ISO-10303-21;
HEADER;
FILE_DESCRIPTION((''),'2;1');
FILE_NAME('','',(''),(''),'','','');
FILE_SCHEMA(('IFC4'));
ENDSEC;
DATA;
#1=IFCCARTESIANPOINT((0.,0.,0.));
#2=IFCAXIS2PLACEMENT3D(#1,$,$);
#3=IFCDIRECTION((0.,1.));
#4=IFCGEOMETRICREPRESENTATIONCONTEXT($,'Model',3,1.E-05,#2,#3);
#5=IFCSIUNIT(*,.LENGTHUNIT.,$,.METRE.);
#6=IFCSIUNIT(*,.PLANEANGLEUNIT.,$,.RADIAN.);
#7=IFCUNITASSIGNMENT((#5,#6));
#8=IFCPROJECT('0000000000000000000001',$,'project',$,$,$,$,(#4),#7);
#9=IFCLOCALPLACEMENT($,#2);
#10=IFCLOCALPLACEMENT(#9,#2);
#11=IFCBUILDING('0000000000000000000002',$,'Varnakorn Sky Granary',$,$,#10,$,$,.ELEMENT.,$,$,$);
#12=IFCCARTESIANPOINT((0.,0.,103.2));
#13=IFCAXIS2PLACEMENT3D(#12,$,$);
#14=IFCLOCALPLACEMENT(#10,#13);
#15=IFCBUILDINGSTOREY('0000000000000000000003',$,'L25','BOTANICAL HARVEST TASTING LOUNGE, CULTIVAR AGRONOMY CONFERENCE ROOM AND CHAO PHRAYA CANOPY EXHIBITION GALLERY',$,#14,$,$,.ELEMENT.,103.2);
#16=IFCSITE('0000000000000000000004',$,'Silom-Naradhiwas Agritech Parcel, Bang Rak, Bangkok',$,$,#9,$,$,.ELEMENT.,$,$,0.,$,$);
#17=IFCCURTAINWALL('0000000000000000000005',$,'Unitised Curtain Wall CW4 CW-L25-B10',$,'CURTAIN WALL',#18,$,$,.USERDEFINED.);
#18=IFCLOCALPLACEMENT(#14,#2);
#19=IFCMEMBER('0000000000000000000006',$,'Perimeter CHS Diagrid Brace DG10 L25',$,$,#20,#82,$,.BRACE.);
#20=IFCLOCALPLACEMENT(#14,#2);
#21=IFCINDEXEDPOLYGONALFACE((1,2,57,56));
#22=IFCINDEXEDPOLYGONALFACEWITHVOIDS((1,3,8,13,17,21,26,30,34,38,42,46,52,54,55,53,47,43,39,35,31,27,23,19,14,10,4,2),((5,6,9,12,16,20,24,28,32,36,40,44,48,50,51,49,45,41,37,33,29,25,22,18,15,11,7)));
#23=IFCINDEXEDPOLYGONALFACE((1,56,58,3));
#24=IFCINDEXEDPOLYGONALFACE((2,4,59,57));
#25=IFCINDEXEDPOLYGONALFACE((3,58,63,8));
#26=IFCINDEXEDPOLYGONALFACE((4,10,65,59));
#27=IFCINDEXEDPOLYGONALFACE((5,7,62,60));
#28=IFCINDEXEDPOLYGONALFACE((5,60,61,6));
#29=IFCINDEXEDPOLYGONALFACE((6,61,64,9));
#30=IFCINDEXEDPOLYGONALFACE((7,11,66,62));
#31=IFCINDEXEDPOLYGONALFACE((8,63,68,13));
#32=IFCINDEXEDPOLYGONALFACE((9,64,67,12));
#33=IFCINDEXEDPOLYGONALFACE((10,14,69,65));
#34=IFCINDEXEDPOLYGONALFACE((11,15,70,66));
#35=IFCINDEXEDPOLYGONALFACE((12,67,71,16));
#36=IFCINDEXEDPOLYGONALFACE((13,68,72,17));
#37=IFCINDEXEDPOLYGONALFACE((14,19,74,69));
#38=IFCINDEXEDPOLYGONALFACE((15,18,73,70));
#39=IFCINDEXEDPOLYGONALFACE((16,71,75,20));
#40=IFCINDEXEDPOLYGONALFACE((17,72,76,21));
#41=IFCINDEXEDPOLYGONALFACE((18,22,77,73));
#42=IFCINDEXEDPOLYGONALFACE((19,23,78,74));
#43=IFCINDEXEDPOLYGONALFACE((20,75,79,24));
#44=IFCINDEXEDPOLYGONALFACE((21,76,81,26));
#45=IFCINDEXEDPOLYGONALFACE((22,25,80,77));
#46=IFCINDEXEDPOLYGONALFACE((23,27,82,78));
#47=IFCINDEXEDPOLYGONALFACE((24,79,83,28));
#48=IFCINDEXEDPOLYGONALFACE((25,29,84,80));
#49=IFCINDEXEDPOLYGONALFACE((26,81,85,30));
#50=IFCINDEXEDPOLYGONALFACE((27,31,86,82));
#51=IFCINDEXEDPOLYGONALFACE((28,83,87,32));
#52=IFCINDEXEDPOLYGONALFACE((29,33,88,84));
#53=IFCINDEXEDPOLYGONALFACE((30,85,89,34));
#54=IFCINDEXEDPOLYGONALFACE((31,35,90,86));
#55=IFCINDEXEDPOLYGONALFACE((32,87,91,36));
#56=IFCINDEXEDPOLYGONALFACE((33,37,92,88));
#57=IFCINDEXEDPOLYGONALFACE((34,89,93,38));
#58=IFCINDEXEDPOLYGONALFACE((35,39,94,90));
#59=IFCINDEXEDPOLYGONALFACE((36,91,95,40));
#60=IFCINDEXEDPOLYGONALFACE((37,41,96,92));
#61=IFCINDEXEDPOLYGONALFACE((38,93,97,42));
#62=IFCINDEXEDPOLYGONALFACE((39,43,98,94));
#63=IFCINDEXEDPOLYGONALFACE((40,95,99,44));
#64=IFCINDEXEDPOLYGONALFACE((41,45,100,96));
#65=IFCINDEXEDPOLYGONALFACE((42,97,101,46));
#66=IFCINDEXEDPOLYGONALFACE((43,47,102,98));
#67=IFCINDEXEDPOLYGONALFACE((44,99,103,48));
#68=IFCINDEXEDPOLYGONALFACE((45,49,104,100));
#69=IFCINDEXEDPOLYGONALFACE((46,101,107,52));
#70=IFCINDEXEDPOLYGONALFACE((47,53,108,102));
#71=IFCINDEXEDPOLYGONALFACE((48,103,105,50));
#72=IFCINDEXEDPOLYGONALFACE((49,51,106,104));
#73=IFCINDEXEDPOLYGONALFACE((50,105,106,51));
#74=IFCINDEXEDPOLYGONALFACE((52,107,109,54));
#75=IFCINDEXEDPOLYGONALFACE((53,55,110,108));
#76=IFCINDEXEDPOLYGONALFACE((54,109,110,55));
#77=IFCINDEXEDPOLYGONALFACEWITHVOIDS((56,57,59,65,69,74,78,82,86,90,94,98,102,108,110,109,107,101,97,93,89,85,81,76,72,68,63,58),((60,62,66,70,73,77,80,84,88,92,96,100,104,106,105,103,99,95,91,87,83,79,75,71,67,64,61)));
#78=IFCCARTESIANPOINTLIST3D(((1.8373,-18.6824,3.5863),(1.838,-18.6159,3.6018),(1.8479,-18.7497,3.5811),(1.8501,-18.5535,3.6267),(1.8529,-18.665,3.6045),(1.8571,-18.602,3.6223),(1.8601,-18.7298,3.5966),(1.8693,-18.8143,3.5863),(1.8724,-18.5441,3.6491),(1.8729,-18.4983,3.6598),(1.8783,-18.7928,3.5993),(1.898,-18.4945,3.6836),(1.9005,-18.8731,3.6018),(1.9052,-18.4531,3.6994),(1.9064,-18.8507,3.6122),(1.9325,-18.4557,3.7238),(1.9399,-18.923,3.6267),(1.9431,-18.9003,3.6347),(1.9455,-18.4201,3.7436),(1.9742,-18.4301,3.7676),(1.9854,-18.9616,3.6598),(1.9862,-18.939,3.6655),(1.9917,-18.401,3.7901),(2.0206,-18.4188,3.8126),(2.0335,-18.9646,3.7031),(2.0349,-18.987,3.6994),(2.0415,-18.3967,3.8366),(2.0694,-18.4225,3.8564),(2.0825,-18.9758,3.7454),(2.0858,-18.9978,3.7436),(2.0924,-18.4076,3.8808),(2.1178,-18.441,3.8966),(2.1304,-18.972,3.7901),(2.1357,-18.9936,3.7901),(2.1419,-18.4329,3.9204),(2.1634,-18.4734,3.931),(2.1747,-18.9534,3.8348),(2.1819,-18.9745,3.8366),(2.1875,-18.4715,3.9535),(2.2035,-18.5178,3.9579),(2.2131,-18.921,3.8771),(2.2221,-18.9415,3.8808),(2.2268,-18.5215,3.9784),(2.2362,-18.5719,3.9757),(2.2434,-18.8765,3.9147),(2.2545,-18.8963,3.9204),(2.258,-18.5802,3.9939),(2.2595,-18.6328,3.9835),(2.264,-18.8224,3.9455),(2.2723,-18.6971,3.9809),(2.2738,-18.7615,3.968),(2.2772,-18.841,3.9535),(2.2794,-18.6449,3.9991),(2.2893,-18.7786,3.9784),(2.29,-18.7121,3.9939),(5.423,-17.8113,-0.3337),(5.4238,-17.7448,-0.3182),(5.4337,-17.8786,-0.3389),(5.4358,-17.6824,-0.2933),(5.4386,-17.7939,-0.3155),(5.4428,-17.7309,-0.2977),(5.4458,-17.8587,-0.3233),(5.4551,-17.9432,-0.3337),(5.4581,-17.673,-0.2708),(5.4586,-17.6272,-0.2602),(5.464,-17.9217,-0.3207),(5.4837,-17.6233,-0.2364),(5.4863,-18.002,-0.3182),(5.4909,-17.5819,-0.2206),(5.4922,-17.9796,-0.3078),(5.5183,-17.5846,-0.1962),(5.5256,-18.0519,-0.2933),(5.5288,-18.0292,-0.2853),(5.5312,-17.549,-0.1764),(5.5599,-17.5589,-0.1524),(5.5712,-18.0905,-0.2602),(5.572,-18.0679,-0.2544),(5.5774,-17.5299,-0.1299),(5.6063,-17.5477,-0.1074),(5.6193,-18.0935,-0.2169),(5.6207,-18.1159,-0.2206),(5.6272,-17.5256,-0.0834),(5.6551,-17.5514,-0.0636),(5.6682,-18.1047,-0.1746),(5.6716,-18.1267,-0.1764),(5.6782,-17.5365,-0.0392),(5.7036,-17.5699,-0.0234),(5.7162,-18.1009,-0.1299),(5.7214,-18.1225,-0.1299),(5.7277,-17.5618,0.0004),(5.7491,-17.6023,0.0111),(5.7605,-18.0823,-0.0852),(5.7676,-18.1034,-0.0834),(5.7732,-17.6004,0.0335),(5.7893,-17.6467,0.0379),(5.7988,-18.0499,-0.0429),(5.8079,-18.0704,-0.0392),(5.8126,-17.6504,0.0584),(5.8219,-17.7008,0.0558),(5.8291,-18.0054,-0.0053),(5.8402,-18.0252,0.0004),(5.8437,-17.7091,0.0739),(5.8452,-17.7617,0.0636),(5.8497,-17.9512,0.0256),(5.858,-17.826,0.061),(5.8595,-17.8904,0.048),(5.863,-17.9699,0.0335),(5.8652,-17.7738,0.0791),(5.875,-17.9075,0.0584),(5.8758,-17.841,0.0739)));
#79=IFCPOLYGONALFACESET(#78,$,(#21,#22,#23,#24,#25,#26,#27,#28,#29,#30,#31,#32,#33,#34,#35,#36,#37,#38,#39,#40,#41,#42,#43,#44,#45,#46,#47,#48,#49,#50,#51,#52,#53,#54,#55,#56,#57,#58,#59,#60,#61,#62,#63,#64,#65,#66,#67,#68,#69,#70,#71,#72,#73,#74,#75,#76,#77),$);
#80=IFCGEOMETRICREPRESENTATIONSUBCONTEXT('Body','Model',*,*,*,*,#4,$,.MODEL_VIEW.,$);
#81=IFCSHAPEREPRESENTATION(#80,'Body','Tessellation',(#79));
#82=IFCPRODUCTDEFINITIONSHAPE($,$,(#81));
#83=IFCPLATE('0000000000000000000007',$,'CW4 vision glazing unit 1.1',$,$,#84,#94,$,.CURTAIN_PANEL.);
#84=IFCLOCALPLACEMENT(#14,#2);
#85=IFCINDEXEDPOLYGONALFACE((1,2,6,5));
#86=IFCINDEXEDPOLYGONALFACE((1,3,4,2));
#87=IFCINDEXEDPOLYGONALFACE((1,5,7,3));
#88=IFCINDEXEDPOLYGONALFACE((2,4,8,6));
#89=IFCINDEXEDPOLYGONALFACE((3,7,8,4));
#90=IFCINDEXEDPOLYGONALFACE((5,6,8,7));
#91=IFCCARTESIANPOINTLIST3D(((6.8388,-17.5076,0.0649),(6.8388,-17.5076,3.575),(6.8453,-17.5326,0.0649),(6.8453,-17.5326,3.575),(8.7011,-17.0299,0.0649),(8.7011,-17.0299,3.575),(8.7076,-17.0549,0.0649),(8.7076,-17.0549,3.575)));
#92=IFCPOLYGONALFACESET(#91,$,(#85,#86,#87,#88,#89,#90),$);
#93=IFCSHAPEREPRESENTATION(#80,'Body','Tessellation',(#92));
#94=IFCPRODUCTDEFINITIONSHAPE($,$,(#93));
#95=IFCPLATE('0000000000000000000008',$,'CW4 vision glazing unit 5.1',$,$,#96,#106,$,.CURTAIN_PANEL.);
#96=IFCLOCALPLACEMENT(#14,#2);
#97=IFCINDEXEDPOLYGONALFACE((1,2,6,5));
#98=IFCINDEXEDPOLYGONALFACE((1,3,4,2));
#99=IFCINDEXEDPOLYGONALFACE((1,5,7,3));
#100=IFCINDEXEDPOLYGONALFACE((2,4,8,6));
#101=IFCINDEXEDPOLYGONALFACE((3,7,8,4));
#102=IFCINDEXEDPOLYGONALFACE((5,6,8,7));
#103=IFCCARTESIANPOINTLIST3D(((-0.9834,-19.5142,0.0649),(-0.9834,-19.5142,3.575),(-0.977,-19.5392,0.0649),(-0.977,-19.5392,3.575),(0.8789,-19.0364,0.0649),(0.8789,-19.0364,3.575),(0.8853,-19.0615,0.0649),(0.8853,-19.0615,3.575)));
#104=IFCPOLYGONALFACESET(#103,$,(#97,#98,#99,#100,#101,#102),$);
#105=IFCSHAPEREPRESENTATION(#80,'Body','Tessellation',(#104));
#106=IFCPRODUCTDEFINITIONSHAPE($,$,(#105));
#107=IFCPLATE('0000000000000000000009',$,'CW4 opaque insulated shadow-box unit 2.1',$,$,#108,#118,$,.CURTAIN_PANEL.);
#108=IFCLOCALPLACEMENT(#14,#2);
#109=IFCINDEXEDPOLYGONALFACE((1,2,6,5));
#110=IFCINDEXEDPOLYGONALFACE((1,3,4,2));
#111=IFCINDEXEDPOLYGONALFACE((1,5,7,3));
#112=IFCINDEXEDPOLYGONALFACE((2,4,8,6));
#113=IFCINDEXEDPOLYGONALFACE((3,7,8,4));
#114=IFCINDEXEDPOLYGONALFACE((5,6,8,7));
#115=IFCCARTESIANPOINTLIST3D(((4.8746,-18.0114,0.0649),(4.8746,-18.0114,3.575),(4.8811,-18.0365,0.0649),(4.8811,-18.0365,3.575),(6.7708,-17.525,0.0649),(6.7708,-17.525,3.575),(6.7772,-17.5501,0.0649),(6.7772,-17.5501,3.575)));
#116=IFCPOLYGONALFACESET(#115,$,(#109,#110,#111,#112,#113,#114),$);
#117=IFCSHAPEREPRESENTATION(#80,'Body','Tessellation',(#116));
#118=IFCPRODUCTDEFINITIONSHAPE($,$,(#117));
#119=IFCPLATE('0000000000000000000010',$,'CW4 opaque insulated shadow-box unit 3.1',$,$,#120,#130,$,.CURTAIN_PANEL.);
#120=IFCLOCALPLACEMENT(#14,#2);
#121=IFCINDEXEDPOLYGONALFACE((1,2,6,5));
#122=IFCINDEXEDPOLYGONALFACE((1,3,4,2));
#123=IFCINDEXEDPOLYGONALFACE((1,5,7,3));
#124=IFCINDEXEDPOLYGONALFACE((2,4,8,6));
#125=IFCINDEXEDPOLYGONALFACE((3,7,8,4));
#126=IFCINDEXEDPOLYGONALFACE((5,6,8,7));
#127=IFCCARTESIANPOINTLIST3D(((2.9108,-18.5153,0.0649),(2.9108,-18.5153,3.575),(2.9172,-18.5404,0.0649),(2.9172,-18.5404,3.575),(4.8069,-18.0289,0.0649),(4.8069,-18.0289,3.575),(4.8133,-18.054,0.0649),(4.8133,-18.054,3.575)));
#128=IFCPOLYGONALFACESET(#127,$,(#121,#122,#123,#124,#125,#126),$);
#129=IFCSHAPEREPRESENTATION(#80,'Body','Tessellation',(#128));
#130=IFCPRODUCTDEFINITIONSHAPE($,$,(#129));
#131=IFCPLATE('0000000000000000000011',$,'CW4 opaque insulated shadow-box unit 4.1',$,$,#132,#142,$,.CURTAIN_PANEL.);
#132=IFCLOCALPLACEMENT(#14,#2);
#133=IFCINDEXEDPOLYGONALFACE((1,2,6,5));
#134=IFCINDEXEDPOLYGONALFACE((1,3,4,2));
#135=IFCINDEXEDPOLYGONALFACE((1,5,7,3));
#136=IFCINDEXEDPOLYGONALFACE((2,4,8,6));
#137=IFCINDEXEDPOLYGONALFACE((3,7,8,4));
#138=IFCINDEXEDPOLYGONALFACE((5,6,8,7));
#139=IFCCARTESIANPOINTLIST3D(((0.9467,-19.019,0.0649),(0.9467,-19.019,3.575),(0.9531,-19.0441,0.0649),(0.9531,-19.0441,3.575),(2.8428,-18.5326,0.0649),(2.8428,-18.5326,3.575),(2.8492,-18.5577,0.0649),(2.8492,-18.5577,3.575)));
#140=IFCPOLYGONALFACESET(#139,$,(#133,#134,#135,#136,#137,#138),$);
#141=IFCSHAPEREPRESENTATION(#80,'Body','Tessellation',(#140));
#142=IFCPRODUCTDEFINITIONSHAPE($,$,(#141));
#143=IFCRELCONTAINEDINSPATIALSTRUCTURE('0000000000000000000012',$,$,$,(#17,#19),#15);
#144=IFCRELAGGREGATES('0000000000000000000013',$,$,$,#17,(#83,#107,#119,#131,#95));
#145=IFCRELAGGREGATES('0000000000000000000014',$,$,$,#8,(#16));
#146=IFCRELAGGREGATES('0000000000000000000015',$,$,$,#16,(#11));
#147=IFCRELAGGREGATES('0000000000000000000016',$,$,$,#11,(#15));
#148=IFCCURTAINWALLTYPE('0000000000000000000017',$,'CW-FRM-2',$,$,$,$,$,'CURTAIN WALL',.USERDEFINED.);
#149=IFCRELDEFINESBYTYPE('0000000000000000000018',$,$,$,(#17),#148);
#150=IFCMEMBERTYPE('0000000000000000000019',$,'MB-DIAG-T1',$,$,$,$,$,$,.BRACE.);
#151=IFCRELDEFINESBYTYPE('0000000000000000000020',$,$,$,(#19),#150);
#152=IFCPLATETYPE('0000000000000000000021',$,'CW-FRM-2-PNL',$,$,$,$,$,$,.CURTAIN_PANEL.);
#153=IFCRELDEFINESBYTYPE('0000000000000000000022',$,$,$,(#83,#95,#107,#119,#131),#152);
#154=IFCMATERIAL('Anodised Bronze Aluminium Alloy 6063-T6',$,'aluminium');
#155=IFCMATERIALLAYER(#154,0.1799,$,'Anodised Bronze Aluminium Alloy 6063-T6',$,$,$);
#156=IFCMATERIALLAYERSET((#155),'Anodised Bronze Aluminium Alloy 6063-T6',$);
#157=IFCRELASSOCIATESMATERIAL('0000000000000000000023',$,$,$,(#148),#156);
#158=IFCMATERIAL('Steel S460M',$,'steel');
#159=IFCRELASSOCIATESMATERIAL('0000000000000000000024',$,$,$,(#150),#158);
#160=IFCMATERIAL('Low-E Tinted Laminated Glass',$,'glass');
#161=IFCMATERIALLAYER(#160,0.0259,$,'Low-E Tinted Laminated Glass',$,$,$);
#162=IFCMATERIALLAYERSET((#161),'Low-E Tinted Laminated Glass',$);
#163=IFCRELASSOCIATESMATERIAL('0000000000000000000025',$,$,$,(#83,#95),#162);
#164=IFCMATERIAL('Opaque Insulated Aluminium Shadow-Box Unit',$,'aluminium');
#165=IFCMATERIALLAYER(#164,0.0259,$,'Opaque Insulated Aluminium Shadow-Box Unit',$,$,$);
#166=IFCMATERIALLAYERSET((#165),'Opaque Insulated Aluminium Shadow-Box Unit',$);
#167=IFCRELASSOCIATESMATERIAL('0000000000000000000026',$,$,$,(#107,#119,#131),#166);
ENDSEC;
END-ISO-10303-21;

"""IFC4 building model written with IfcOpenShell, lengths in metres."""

from ifc_helpers import new_model, si_unit, direction, frame, origin, origin_2d, place, context, subcontext, project, spatial, rectangle, hollow_circle, extrude, source, transform, mapped, material, layer, layer_set, material_profile, profile_set, type_object, type_shapes, element, aggregate, save


model = new_model("IFC4")

# Units and contexts
model_context = context("Model", 3, precision=1e-05, world=origin(), true_north=direction((0.0, 1.0)))
body_context = subcontext(model_context, "Body", "Model", "MODEL_VIEW")
ifc_project = project(units=[si_unit("LENGTHUNIT", "METRE"), si_unit("PLANEANGLEUNIT", "RADIAN")], contexts=[model_context])

# Site, building, storey
site_placement = place(None, origin())
site = spatial("IfcSite", under=ifc_project, at=site_placement, Name="Silom-Naradhiwas Agritech Parcel, Bang Rak, Bangkok", CompositionType="ELEMENT", RefElevation=0.0)
building_placement = place(site_placement, origin())
building = spatial("IfcBuilding", under=site, at=building_placement, Name="Varnakorn Sky Granary", CompositionType="ELEMENT")
storey_placement = place(building_placement, frame((0.0, 0.0, 103.2)))
storey = spatial("IfcBuildingStorey", under=building, at=storey_placement, Name="L25", Description="BOTANICAL HARVEST TASTING LOUNGE, CULTIVAR AGRONOMY CONFERENCE ROOM AND CHAO PHRAYA CANOPY EXHIBITION GALLERY", CompositionType="ELEMENT", Elevation=103.2)

# Shared definitions
ifc_material_1 = material(Name="Steel S460M", Category="steel")

# Curtain wall
ifc_material_2 = material(Name="Anodised Bronze Aluminium Alloy 6063-T6", Category="aluminium")
ifc_layer_1 = layer(ifc_material_2, 0.1799, Name="Anodised Bronze Aluminium Alloy 6063-T6")
ifc_layer_set_1 = layer_set([ifc_layer_1], Name="Anodised Bronze Aluminium Alloy 6063-T6")
curtain_wall_type = type_object("IfcCurtainWallType", Name="CW-FRM-2", ElementType="CURTAIN WALL", PredefinedType="USERDEFINED", material=ifc_layer_set_1)
curtain_wall_placement = place(storey_placement, origin())
curtain_wall = element("IfcCurtainWall", 1, at=curtain_wall_placement, inside=storey, type_object=curtain_wall_type, Name="Unitised Curtain Wall CW4 CW-L25-B10", ObjectType="CURTAIN WALL", PredefinedType="USERDEFINED")

# Member
ifc_material_profile_1 = material_profile(ifc_material_1, hollow_circle(Radius=0.3049, WallThickness=0.0222, at=origin_2d()), Name="CHS 610x22")
ifc_profile_set_1 = profile_set([ifc_material_profile_1], Name="Steel S460M")
member_type_1 = type_object("IfcMemberType", Name="MB-DIAG-T1", PredefinedType="BRACE", material=ifc_profile_set_1)
member_1_placement = place(storey_placement, frame((5.6494, -17.8262, -0.1299), z_axis=(-0.666056, -0.161809, 0.72814), x_axis=(0.23607, -0.971736, 0.0)))
element("IfcMember", 2, at=member_1_placement, inside=storey, type_object=member_type_1, Name="Perimeter CHS Diagrid Brace DG10 L25", PredefinedType="BRACE", context=body_context, shape_type="SweptSolid", body=[
    extrude(hollow_circle(Radius=0.3049, WallThickness=0.0222, at=origin_2d()), origin(), (0.0, 0.0, 1.0), 5.3835),
])

# Plates
ifc_material_3 = material(Name="Low-E Tinted Laminated Glass", Category="glass")
ifc_layer_2 = layer(ifc_material_3, 0.0259, Name="Low-E Tinted Laminated Glass")
ifc_layer_set_2 = layer_set([ifc_layer_2], Name="Low-E Tinted Laminated Glass")
plate_type = type_object("IfcPlateType", Name="CW-FRM-2-PNL", PredefinedType="CURTAIN_PANEL")
shared_shape_1 = source(origin(), body_context, "Body", "SweptSolid", [
    extrude(rectangle(XDim=1.9226, YDim=0.0259, at=origin_2d()), origin(), (0.0, 0.0, 1.0), 3.51),
])
plate_1_placement = place(storey_placement, frame((7.7732, -17.2812, 0.0649), z_axis=(0.0, 0.0, 1.0), x_axis=(-0.968638, -0.248477, 0.0)))
plate_1 = element("IfcPlate", 3, at=plate_1_placement, type_object=plate_type, material=ifc_layer_set_2, Name="CW4 vision glazing unit 1.1", PredefinedType="CURTAIN_PANEL", context=body_context, shape_type="MappedRepresentation", body=[
    mapped(shared_shape_1, transform((0.0, 0.0, 0.0), x_axis=(1.0, 0.0, 0.0), y_axis=(0.0, 1.0, 0.0), z_axis=(0.0, 0.0, 1.0), scale=1.0)),
])
plate_2_placement = place(storey_placement, frame((-0.0491, -19.2878, 0.0649), z_axis=(0.0, 0.0, 1.0), x_axis=(-0.968638, -0.248477, 0.0)))
plate_2 = element("IfcPlate", 4, at=plate_2_placement, type_object=plate_type, material=ifc_layer_set_2, Name="CW4 vision glazing unit 5.1", PredefinedType="CURTAIN_PANEL", context=body_context, shape_type="MappedRepresentation", body=[
    mapped(shared_shape_1, transform((0.0, 0.0, 0.0), x_axis=(1.0, 0.0, 0.0), y_axis=(0.0, 1.0, 0.0), z_axis=(0.0, 0.0, 1.0), scale=1.0)),
])
ifc_material_4 = material(Name="Opaque Insulated Aluminium Shadow-Box Unit", Category="aluminium")
ifc_layer_3 = layer(ifc_material_4, 0.0259, Name="Opaque Insulated Aluminium Shadow-Box Unit")
ifc_layer_set_3 = layer_set([ifc_layer_3], Name="Opaque Insulated Aluminium Shadow-Box Unit")
shared_shape_2 = source(origin(), body_context, "Body", "SweptSolid", [
    extrude(rectangle(XDim=1.9575, YDim=0.0259, at=origin_2d()), origin(), (0.0, 0.0, 1.0), 3.51),
])
type_shapes(plate_type, [shared_shape_1, shared_shape_2])
plate_3_placement = place(storey_placement, frame((5.8259, -17.7808, 0.0649), z_axis=(0.0, 0.0, 1.0), x_axis=(-0.968638, -0.248477, 0.0)))
plate_3 = element("IfcPlate", 5, at=plate_3_placement, type_object=plate_type, material=ifc_layer_set_3, Name="CW4 opaque insulated shadow-box unit 2.1", PredefinedType="CURTAIN_PANEL", context=body_context, shape_type="MappedRepresentation", body=[
    mapped(shared_shape_2, transform((0.0, 0.0, 0.0), x_axis=(1.0, 0.0, 0.0), y_axis=(0.0, 1.0, 0.0), z_axis=(0.0, 0.0, 1.0), scale=1.0)),
])
plate_4_placement = place(storey_placement, frame((3.8621, -18.2847, 0.0649), z_axis=(0.0, 0.0, 1.0), x_axis=(-0.968638, -0.248477, 0.0)))
plate_4 = element("IfcPlate", 6, at=plate_4_placement, type_object=plate_type, material=ifc_layer_set_3, Name="CW4 opaque insulated shadow-box unit 3.1", PredefinedType="CURTAIN_PANEL", context=body_context, shape_type="MappedRepresentation", body=[
    mapped(shared_shape_2, transform((0.0, 0.0, 0.0), x_axis=(1.0, 0.0, 0.0), y_axis=(0.0, 1.0, 0.0), z_axis=(0.0, 0.0, 1.0), scale=1.0)),
])
plate_5_placement = place(storey_placement, frame((1.8979, -18.7883, 0.0649), z_axis=(0.0, 0.0, 1.0), x_axis=(-0.968638, -0.248477, 0.0)))
plate_5 = element("IfcPlate", 7, at=plate_5_placement, type_object=plate_type, material=ifc_layer_set_3, Name="CW4 opaque insulated shadow-box unit 4.1", PredefinedType="CURTAIN_PANEL", context=body_context, shape_type="MappedRepresentation", body=[
    mapped(shared_shape_2, transform((0.0, 0.0, 0.0), x_axis=(1.0, 0.0, 0.0), y_axis=(0.0, 1.0, 0.0), z_axis=(0.0, 0.0, 1.0), scale=1.0)),
])
aggregate(curtain_wall, [plate_1, plate_3, plate_4, plate_5, plate_2])

save(model, "model.ifc")
